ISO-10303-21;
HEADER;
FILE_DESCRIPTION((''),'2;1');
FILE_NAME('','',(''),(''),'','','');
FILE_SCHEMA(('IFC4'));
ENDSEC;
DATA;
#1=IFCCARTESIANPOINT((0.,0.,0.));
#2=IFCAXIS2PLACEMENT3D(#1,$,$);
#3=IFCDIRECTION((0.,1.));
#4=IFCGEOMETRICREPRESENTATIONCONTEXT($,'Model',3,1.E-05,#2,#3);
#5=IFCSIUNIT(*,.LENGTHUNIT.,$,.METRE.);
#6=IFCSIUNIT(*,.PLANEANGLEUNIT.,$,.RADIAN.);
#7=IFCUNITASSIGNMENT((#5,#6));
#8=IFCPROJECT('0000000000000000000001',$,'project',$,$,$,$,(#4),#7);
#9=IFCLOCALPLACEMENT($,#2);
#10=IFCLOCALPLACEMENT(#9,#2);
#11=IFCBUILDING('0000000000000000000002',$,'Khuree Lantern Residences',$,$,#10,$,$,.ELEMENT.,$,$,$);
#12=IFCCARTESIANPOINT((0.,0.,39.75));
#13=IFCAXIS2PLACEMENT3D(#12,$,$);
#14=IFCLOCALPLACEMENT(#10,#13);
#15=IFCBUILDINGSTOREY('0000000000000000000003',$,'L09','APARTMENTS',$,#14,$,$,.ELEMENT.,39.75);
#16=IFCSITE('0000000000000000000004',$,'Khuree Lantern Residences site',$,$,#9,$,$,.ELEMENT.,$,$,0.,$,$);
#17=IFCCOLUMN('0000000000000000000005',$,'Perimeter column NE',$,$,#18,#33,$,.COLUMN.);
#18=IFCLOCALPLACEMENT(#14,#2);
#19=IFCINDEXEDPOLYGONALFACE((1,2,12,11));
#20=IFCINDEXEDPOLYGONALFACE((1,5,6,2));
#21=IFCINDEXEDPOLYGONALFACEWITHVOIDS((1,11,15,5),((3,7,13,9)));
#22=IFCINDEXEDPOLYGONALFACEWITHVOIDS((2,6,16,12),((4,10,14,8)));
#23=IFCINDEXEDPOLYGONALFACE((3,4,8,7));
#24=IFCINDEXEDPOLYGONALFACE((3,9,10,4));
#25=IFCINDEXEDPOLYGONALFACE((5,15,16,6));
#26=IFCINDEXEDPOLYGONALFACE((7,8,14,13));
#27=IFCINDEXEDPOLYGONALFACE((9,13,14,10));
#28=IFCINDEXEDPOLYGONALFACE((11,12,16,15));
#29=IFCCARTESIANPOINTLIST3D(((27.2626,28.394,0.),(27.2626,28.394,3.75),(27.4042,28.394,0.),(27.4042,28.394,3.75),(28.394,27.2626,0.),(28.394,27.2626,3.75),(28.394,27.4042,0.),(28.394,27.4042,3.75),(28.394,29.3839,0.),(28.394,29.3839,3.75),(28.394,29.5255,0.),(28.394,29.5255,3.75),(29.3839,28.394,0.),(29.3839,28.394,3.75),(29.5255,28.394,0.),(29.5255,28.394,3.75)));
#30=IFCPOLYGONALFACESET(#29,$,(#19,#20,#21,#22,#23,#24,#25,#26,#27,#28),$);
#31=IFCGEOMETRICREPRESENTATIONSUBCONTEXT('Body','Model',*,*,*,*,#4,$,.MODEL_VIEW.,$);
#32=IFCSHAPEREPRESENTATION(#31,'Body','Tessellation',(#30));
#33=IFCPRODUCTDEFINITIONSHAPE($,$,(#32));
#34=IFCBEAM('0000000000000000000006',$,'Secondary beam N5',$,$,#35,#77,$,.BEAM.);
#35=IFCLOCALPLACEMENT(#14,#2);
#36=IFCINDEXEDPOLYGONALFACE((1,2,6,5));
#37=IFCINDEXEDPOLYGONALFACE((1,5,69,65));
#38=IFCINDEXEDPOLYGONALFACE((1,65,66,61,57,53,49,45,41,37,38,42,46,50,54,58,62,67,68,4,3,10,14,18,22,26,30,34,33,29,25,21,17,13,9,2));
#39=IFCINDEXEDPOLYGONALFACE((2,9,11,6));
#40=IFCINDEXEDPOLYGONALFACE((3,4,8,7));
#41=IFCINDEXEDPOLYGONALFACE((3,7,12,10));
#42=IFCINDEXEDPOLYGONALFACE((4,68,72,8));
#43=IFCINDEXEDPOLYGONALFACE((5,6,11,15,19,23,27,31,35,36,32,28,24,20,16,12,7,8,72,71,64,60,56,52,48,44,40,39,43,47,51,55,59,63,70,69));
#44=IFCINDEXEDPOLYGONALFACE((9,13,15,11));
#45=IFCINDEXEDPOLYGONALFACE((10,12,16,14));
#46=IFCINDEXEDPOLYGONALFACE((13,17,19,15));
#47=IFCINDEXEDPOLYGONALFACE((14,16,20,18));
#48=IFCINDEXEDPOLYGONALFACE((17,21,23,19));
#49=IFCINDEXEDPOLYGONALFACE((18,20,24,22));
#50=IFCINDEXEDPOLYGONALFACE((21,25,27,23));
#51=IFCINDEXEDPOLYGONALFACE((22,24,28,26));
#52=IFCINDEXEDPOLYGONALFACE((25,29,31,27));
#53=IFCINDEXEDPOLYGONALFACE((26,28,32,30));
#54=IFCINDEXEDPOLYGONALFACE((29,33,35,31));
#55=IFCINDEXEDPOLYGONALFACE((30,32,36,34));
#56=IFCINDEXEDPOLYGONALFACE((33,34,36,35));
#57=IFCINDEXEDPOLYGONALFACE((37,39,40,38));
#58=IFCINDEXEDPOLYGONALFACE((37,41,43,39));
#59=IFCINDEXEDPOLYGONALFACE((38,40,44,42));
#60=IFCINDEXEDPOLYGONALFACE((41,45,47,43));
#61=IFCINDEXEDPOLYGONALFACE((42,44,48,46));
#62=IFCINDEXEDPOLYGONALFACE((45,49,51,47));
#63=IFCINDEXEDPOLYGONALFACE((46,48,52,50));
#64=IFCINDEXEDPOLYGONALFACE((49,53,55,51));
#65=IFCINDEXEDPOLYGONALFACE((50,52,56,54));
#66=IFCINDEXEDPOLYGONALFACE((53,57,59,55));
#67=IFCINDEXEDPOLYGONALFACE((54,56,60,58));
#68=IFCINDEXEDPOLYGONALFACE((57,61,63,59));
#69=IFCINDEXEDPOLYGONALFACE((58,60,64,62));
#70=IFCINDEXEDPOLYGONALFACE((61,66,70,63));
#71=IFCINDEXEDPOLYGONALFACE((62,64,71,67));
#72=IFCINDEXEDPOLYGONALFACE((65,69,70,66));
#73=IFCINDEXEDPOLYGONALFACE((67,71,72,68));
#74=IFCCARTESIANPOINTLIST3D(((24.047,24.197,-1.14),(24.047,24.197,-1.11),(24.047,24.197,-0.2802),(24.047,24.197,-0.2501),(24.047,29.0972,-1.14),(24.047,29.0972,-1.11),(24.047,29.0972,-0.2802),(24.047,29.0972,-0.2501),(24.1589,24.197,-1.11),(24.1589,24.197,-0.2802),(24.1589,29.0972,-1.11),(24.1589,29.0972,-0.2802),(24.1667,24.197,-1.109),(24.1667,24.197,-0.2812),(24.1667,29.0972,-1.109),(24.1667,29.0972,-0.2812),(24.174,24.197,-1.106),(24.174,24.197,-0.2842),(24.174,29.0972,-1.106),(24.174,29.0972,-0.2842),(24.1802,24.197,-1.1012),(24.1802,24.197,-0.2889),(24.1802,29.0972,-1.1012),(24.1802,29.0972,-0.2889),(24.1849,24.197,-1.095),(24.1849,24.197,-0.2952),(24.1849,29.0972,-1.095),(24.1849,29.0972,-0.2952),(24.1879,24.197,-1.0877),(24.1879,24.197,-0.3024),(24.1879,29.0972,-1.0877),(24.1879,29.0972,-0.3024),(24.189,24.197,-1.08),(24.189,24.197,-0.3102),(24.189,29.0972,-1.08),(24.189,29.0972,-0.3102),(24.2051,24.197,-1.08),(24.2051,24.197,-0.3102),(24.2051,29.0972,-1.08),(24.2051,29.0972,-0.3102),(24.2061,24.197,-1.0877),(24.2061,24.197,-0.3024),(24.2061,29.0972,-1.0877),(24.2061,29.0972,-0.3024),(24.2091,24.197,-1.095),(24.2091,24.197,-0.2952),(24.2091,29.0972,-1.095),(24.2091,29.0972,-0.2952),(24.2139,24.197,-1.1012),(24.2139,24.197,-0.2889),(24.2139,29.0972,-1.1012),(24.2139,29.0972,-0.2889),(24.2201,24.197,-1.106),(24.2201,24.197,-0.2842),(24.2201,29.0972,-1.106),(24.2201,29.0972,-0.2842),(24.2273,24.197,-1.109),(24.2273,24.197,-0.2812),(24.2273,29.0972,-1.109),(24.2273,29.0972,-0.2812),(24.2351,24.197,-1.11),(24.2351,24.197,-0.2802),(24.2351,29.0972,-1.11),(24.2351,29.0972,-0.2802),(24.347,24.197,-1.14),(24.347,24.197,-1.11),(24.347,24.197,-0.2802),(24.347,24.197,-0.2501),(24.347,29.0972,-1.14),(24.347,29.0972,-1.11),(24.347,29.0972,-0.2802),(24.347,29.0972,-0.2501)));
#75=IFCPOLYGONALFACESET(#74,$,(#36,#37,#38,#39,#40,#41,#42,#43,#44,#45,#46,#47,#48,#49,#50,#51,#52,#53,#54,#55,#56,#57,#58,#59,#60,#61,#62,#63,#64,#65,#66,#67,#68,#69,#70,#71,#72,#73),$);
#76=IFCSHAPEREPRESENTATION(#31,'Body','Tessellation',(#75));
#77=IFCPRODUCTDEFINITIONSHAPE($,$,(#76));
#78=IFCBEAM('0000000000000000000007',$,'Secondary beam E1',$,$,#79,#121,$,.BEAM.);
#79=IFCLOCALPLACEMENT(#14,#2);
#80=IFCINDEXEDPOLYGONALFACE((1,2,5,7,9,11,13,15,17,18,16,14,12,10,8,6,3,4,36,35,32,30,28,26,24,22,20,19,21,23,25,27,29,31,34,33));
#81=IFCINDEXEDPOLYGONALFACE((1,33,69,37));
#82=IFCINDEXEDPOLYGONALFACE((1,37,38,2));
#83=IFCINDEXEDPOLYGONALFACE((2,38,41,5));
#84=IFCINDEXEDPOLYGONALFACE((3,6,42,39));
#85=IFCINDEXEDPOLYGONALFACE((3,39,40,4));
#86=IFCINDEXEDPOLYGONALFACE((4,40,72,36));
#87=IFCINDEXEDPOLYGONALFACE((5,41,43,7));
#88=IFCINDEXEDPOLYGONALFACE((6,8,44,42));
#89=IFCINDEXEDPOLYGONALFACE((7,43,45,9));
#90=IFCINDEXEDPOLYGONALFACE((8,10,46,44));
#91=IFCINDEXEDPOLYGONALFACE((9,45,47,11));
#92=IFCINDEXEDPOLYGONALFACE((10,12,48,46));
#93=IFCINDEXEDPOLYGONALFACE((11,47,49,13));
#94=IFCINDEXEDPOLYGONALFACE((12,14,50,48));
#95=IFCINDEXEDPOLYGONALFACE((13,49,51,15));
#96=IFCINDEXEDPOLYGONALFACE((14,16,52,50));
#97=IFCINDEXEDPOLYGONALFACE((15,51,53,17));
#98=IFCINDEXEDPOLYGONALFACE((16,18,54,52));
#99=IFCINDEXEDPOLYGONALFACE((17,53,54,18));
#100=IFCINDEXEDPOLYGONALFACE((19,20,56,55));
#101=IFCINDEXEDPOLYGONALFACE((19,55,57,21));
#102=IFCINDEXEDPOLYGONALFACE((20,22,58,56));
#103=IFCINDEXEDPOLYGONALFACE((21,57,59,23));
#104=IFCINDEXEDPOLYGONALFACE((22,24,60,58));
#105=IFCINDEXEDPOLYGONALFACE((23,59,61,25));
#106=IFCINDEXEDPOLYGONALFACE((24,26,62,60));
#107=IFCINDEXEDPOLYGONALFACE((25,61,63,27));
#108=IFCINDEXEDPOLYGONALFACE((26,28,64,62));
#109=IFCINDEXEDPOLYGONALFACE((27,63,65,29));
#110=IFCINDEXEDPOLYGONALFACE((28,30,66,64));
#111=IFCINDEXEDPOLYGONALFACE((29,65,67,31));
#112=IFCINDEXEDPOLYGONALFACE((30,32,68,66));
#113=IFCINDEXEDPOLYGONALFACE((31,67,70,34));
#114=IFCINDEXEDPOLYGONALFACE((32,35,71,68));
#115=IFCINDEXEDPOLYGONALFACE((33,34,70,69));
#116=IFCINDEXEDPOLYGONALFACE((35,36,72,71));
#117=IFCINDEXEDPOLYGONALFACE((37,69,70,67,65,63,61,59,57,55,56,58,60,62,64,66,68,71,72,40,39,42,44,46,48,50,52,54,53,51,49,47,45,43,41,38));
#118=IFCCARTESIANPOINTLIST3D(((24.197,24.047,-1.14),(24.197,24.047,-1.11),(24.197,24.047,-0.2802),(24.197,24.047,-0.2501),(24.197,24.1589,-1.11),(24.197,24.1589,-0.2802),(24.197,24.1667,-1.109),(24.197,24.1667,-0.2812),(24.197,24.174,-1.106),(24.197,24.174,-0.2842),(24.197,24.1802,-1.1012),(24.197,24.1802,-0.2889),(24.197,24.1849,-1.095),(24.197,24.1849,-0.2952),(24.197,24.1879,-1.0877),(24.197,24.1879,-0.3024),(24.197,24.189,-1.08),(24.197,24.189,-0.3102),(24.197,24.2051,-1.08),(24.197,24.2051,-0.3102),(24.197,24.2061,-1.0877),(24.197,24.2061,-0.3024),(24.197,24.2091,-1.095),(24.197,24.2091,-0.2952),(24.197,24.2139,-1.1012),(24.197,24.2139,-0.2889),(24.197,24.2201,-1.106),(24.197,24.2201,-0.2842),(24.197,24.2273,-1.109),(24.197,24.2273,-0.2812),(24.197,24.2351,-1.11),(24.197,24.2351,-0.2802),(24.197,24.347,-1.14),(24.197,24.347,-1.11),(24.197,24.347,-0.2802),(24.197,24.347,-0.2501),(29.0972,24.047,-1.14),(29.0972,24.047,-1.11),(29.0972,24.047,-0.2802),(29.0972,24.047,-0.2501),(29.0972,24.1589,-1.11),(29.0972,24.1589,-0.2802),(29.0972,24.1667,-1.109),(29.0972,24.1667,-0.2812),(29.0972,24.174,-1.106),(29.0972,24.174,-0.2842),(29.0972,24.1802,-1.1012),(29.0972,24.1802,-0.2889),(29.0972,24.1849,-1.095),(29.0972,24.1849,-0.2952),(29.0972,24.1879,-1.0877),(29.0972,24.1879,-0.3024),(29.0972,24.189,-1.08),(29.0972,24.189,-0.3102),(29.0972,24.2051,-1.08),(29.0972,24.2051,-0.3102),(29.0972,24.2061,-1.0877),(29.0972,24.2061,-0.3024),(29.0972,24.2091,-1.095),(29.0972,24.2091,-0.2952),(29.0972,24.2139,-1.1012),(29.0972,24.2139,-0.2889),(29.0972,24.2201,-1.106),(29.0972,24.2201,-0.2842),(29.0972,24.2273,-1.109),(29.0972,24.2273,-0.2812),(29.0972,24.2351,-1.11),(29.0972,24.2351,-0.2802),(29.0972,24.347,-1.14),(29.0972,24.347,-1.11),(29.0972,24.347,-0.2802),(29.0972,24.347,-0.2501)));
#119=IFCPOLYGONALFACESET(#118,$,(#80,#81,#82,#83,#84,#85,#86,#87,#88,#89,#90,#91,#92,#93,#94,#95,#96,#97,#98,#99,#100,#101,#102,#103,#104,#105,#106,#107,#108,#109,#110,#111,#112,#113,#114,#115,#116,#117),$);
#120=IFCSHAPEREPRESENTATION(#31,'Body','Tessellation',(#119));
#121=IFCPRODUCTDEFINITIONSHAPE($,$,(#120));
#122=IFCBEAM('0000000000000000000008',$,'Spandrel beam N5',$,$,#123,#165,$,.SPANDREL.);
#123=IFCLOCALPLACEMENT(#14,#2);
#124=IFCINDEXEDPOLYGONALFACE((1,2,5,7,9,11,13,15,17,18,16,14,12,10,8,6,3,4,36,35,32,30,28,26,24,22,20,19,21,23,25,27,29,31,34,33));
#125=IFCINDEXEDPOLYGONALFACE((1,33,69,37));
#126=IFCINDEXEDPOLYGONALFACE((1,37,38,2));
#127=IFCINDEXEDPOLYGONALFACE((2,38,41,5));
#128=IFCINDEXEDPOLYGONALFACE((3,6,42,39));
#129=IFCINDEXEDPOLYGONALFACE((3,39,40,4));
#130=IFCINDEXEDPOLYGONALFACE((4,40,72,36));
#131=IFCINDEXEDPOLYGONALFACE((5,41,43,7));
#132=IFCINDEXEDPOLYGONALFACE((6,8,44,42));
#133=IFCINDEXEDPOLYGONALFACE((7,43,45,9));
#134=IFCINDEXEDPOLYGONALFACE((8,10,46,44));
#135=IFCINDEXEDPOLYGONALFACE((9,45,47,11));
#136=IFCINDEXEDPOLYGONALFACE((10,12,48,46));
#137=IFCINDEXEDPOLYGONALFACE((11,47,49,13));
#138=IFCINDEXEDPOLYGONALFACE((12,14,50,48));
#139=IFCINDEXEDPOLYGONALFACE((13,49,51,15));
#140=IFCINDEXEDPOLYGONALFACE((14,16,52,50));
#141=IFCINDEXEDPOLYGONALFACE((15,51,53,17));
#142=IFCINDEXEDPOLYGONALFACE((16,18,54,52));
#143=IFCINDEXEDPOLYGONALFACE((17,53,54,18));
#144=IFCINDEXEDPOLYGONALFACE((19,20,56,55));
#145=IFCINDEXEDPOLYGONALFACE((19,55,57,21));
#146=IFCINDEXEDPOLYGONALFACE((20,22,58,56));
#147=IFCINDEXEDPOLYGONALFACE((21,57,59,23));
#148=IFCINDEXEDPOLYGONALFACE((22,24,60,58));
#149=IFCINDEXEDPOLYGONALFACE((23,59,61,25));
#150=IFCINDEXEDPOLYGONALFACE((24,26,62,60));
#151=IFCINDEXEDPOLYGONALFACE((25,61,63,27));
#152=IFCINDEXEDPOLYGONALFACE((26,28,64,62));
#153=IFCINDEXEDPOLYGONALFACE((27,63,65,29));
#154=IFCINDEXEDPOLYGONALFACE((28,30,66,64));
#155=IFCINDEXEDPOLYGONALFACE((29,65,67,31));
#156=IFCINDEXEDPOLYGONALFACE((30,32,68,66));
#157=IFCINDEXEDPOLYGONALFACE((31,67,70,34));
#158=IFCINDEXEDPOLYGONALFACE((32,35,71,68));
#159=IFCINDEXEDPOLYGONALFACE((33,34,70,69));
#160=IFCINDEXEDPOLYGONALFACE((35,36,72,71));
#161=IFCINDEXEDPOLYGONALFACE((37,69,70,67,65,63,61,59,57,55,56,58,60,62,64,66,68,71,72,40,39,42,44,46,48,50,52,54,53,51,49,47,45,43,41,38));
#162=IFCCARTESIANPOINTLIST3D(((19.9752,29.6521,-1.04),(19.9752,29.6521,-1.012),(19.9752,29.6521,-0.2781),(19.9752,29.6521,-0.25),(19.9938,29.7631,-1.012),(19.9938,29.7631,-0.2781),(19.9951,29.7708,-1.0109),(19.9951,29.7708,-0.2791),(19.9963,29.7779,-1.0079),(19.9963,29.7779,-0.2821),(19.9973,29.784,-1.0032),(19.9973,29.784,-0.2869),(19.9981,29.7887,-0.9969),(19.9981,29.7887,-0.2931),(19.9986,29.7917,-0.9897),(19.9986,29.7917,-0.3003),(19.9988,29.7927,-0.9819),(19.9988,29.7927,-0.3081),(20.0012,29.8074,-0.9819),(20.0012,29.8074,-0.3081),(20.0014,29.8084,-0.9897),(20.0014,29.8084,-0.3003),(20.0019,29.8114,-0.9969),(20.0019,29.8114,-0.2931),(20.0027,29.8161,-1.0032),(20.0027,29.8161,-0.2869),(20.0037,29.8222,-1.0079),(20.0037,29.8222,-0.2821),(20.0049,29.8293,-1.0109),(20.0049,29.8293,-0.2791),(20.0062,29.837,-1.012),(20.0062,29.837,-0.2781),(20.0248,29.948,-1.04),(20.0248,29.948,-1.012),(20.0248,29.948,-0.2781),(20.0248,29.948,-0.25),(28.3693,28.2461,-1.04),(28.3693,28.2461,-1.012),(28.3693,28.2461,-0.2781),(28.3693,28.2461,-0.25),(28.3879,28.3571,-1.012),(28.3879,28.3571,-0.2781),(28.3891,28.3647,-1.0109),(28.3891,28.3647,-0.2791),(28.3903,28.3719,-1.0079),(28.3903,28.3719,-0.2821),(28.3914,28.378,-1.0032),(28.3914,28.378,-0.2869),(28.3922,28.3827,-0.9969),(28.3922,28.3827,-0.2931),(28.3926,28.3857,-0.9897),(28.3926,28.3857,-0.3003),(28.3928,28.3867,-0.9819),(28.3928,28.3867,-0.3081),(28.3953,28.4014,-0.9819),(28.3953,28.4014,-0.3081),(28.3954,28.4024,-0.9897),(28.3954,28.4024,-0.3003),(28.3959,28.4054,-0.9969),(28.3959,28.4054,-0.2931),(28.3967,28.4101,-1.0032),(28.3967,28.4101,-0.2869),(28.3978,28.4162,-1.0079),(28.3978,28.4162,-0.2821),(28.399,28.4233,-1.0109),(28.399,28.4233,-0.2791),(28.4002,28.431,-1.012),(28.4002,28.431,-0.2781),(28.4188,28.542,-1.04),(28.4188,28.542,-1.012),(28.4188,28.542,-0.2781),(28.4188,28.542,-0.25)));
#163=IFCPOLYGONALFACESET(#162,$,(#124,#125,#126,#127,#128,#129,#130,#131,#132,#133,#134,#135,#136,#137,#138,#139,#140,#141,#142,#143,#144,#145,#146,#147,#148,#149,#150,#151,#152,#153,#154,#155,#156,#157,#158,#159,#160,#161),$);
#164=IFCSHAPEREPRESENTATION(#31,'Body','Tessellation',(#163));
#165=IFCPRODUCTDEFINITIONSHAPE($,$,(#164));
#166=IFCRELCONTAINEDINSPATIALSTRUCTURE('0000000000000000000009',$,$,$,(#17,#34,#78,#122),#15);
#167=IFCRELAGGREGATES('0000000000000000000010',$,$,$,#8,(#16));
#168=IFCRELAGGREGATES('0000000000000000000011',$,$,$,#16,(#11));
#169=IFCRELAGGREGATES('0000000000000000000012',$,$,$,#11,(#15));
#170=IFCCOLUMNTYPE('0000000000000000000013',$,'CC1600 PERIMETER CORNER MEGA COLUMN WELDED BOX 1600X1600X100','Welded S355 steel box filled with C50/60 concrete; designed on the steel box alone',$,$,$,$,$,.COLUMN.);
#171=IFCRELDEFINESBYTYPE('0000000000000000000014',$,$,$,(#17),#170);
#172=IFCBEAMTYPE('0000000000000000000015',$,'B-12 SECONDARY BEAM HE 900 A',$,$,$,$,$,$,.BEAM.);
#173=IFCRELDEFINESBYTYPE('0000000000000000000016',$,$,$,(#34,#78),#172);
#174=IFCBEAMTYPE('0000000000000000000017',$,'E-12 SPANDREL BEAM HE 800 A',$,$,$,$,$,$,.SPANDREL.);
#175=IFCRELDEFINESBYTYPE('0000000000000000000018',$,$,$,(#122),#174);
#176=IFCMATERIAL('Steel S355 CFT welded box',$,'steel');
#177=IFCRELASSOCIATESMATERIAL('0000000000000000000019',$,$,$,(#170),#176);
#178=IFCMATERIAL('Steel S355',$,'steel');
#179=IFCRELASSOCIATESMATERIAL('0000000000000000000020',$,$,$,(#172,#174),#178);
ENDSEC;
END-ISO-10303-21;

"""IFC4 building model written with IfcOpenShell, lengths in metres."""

from ifc_helpers import new_model, si_unit, direction, frame, origin, origin_2d, place, context, subcontext, project, spatial, hollow_rectangle, i_section, extrude, material, material_profile, profile_set, type_object, element, save


model = new_model("IFC4")

# Units and contexts
model_context = context("Model", 3, precision=1e-05, world=origin(), true_north=direction((0.0, 1.0)))
body_context = subcontext(model_context, "Body", "Model", "MODEL_VIEW")
ifc_project = project(units=[si_unit("LENGTHUNIT", "METRE"), si_unit("PLANEANGLEUNIT", "RADIAN")], contexts=[model_context])

# Site, building, storey
site_placement = place(None, origin())
site = spatial("IfcSite", under=ifc_project, at=site_placement, Name="Khuree Lantern Residences site", CompositionType="ELEMENT", RefElevation=0.0)
building_placement = place(site_placement, origin())
building = spatial("IfcBuilding", under=site, at=building_placement, Name="Khuree Lantern Residences", CompositionType="ELEMENT")
storey_placement = place(building_placement, frame((0.0, 0.0, 39.75)))
storey = spatial("IfcBuildingStorey", under=building, at=storey_placement, Name="L09", Description="APARTMENTS", CompositionType="ELEMENT", Elevation=39.75)

# Column
ifc_material_1 = material(Name="Steel S355 CFT welded box", Category="steel")
ifc_material_profile_1 = material_profile(ifc_material_1, hollow_rectangle(XDim=1.6001, YDim=1.6001, WallThickness=0.1001, at=origin_2d()), Name="WELDED BOX 1600X1600X100")
ifc_profile_set_1 = profile_set([ifc_material_profile_1], Name="Steel S355 CFT welded box")
column_type = type_object("IfcColumnType", Name="CC1600 PERIMETER CORNER MEGA COLUMN WELDED BOX 1600X1600X100", Description="Welded S355 steel box filled with C50/60 concrete; designed on the steel box alone", PredefinedType="COLUMN", material=ifc_profile_set_1)
column_placement = place(storey_placement, frame((28.394, 28.394, 0.0), z_axis=(0.0, 0.0, 1.0), x_axis=(0.707107, -0.707107, 0.0)))
element("IfcColumn", 1, at=column_placement, inside=storey, type_object=column_type, Name="Perimeter column NE", PredefinedType="COLUMN", context=body_context, shape_type="SweptSolid", body=[
    extrude(hollow_rectangle(XDim=1.6001, YDim=1.6001, WallThickness=0.1001, at=origin_2d()), origin(), (0.0, 0.0, 1.0), 3.75),
])

# Beams
ifc_material_2 = material(Name="Steel S355", Category="steel")
ifc_material_profile_2 = material_profile(ifc_material_2, i_section(OverallWidth=0.3, OverallDepth=0.8899, WebThickness=0.0161, FlangeThickness=0.03, FilletRadius=0.03, at=origin_2d()), Name="HE 900 A")
ifc_profile_set_2 = profile_set([ifc_material_profile_2], Name="Steel S355")
beam_type_1 = type_object("IfcBeamType", Name="B-12 SECONDARY BEAM HE 900 A", PredefinedType="BEAM", material=ifc_profile_set_2)
for number, where, z_axis, x_axis, name in (
    (2, (24.197, 29.0972, -0.6951), (0.0, -1.0, 0.0), (1.0, 0.0, 0.0), "Secondary beam N5"),
    (3, (29.0972, 24.197, -0.6951), (-1.0, 0.0, 0.0), (0.0, -1.0, 0.0), "Secondary beam E1"),
):
    element("IfcBeam", number, at=place(storey_placement, frame(where, z_axis=z_axis, x_axis=x_axis)), inside=storey, type_object=beam_type_1, Name=name, PredefinedType="BEAM", context=body_context, shape_type="SweptSolid", body=[
        extrude(i_section(OverallWidth=0.3, OverallDepth=0.8899, WebThickness=0.0161, FlangeThickness=0.03, FilletRadius=0.03, at=origin_2d()), origin(), (0.0, 0.0, 1.0), 4.9001),
    ])
ifc_material_profile_3 = material_profile(ifc_material_2, i_section(OverallWidth=0.3, OverallDepth=0.79, WebThickness=0.0149, FlangeThickness=0.0281, FilletRadius=0.03, at=origin_2d()), Name="HE 800 A")
ifc_profile_set_3 = profile_set([ifc_material_profile_3], Name="Steel S355")
beam_type_2 = type_object("IfcBeamType", Name="E-12 SPANDREL BEAM HE 800 A", PredefinedType="SPANDREL", material=ifc_profile_set_3)
for number, where, z_axis, x_axis, name in (
    (4, (20.0, 29.8, -0.645), (0.98626, -0.165199, 0.0), (0.165199, 0.98626, 0.0), "Spandrel beam N5"),
):
    element("IfcBeam", number, at=place(storey_placement, frame(where, z_axis=z_axis, x_axis=x_axis)), inside=storey, type_object=beam_type_2, Name=name, PredefinedType="SPANDREL", context=body_context, shape_type="SweptSolid", body=[
        extrude(i_section(OverallWidth=0.3, OverallDepth=0.79, WebThickness=0.0149, FlangeThickness=0.0281, FilletRadius=0.03, at=origin_2d()), origin(), (0.0, 0.0, 1.0), 8.511),
    ])

save(model, "model.ifc")
